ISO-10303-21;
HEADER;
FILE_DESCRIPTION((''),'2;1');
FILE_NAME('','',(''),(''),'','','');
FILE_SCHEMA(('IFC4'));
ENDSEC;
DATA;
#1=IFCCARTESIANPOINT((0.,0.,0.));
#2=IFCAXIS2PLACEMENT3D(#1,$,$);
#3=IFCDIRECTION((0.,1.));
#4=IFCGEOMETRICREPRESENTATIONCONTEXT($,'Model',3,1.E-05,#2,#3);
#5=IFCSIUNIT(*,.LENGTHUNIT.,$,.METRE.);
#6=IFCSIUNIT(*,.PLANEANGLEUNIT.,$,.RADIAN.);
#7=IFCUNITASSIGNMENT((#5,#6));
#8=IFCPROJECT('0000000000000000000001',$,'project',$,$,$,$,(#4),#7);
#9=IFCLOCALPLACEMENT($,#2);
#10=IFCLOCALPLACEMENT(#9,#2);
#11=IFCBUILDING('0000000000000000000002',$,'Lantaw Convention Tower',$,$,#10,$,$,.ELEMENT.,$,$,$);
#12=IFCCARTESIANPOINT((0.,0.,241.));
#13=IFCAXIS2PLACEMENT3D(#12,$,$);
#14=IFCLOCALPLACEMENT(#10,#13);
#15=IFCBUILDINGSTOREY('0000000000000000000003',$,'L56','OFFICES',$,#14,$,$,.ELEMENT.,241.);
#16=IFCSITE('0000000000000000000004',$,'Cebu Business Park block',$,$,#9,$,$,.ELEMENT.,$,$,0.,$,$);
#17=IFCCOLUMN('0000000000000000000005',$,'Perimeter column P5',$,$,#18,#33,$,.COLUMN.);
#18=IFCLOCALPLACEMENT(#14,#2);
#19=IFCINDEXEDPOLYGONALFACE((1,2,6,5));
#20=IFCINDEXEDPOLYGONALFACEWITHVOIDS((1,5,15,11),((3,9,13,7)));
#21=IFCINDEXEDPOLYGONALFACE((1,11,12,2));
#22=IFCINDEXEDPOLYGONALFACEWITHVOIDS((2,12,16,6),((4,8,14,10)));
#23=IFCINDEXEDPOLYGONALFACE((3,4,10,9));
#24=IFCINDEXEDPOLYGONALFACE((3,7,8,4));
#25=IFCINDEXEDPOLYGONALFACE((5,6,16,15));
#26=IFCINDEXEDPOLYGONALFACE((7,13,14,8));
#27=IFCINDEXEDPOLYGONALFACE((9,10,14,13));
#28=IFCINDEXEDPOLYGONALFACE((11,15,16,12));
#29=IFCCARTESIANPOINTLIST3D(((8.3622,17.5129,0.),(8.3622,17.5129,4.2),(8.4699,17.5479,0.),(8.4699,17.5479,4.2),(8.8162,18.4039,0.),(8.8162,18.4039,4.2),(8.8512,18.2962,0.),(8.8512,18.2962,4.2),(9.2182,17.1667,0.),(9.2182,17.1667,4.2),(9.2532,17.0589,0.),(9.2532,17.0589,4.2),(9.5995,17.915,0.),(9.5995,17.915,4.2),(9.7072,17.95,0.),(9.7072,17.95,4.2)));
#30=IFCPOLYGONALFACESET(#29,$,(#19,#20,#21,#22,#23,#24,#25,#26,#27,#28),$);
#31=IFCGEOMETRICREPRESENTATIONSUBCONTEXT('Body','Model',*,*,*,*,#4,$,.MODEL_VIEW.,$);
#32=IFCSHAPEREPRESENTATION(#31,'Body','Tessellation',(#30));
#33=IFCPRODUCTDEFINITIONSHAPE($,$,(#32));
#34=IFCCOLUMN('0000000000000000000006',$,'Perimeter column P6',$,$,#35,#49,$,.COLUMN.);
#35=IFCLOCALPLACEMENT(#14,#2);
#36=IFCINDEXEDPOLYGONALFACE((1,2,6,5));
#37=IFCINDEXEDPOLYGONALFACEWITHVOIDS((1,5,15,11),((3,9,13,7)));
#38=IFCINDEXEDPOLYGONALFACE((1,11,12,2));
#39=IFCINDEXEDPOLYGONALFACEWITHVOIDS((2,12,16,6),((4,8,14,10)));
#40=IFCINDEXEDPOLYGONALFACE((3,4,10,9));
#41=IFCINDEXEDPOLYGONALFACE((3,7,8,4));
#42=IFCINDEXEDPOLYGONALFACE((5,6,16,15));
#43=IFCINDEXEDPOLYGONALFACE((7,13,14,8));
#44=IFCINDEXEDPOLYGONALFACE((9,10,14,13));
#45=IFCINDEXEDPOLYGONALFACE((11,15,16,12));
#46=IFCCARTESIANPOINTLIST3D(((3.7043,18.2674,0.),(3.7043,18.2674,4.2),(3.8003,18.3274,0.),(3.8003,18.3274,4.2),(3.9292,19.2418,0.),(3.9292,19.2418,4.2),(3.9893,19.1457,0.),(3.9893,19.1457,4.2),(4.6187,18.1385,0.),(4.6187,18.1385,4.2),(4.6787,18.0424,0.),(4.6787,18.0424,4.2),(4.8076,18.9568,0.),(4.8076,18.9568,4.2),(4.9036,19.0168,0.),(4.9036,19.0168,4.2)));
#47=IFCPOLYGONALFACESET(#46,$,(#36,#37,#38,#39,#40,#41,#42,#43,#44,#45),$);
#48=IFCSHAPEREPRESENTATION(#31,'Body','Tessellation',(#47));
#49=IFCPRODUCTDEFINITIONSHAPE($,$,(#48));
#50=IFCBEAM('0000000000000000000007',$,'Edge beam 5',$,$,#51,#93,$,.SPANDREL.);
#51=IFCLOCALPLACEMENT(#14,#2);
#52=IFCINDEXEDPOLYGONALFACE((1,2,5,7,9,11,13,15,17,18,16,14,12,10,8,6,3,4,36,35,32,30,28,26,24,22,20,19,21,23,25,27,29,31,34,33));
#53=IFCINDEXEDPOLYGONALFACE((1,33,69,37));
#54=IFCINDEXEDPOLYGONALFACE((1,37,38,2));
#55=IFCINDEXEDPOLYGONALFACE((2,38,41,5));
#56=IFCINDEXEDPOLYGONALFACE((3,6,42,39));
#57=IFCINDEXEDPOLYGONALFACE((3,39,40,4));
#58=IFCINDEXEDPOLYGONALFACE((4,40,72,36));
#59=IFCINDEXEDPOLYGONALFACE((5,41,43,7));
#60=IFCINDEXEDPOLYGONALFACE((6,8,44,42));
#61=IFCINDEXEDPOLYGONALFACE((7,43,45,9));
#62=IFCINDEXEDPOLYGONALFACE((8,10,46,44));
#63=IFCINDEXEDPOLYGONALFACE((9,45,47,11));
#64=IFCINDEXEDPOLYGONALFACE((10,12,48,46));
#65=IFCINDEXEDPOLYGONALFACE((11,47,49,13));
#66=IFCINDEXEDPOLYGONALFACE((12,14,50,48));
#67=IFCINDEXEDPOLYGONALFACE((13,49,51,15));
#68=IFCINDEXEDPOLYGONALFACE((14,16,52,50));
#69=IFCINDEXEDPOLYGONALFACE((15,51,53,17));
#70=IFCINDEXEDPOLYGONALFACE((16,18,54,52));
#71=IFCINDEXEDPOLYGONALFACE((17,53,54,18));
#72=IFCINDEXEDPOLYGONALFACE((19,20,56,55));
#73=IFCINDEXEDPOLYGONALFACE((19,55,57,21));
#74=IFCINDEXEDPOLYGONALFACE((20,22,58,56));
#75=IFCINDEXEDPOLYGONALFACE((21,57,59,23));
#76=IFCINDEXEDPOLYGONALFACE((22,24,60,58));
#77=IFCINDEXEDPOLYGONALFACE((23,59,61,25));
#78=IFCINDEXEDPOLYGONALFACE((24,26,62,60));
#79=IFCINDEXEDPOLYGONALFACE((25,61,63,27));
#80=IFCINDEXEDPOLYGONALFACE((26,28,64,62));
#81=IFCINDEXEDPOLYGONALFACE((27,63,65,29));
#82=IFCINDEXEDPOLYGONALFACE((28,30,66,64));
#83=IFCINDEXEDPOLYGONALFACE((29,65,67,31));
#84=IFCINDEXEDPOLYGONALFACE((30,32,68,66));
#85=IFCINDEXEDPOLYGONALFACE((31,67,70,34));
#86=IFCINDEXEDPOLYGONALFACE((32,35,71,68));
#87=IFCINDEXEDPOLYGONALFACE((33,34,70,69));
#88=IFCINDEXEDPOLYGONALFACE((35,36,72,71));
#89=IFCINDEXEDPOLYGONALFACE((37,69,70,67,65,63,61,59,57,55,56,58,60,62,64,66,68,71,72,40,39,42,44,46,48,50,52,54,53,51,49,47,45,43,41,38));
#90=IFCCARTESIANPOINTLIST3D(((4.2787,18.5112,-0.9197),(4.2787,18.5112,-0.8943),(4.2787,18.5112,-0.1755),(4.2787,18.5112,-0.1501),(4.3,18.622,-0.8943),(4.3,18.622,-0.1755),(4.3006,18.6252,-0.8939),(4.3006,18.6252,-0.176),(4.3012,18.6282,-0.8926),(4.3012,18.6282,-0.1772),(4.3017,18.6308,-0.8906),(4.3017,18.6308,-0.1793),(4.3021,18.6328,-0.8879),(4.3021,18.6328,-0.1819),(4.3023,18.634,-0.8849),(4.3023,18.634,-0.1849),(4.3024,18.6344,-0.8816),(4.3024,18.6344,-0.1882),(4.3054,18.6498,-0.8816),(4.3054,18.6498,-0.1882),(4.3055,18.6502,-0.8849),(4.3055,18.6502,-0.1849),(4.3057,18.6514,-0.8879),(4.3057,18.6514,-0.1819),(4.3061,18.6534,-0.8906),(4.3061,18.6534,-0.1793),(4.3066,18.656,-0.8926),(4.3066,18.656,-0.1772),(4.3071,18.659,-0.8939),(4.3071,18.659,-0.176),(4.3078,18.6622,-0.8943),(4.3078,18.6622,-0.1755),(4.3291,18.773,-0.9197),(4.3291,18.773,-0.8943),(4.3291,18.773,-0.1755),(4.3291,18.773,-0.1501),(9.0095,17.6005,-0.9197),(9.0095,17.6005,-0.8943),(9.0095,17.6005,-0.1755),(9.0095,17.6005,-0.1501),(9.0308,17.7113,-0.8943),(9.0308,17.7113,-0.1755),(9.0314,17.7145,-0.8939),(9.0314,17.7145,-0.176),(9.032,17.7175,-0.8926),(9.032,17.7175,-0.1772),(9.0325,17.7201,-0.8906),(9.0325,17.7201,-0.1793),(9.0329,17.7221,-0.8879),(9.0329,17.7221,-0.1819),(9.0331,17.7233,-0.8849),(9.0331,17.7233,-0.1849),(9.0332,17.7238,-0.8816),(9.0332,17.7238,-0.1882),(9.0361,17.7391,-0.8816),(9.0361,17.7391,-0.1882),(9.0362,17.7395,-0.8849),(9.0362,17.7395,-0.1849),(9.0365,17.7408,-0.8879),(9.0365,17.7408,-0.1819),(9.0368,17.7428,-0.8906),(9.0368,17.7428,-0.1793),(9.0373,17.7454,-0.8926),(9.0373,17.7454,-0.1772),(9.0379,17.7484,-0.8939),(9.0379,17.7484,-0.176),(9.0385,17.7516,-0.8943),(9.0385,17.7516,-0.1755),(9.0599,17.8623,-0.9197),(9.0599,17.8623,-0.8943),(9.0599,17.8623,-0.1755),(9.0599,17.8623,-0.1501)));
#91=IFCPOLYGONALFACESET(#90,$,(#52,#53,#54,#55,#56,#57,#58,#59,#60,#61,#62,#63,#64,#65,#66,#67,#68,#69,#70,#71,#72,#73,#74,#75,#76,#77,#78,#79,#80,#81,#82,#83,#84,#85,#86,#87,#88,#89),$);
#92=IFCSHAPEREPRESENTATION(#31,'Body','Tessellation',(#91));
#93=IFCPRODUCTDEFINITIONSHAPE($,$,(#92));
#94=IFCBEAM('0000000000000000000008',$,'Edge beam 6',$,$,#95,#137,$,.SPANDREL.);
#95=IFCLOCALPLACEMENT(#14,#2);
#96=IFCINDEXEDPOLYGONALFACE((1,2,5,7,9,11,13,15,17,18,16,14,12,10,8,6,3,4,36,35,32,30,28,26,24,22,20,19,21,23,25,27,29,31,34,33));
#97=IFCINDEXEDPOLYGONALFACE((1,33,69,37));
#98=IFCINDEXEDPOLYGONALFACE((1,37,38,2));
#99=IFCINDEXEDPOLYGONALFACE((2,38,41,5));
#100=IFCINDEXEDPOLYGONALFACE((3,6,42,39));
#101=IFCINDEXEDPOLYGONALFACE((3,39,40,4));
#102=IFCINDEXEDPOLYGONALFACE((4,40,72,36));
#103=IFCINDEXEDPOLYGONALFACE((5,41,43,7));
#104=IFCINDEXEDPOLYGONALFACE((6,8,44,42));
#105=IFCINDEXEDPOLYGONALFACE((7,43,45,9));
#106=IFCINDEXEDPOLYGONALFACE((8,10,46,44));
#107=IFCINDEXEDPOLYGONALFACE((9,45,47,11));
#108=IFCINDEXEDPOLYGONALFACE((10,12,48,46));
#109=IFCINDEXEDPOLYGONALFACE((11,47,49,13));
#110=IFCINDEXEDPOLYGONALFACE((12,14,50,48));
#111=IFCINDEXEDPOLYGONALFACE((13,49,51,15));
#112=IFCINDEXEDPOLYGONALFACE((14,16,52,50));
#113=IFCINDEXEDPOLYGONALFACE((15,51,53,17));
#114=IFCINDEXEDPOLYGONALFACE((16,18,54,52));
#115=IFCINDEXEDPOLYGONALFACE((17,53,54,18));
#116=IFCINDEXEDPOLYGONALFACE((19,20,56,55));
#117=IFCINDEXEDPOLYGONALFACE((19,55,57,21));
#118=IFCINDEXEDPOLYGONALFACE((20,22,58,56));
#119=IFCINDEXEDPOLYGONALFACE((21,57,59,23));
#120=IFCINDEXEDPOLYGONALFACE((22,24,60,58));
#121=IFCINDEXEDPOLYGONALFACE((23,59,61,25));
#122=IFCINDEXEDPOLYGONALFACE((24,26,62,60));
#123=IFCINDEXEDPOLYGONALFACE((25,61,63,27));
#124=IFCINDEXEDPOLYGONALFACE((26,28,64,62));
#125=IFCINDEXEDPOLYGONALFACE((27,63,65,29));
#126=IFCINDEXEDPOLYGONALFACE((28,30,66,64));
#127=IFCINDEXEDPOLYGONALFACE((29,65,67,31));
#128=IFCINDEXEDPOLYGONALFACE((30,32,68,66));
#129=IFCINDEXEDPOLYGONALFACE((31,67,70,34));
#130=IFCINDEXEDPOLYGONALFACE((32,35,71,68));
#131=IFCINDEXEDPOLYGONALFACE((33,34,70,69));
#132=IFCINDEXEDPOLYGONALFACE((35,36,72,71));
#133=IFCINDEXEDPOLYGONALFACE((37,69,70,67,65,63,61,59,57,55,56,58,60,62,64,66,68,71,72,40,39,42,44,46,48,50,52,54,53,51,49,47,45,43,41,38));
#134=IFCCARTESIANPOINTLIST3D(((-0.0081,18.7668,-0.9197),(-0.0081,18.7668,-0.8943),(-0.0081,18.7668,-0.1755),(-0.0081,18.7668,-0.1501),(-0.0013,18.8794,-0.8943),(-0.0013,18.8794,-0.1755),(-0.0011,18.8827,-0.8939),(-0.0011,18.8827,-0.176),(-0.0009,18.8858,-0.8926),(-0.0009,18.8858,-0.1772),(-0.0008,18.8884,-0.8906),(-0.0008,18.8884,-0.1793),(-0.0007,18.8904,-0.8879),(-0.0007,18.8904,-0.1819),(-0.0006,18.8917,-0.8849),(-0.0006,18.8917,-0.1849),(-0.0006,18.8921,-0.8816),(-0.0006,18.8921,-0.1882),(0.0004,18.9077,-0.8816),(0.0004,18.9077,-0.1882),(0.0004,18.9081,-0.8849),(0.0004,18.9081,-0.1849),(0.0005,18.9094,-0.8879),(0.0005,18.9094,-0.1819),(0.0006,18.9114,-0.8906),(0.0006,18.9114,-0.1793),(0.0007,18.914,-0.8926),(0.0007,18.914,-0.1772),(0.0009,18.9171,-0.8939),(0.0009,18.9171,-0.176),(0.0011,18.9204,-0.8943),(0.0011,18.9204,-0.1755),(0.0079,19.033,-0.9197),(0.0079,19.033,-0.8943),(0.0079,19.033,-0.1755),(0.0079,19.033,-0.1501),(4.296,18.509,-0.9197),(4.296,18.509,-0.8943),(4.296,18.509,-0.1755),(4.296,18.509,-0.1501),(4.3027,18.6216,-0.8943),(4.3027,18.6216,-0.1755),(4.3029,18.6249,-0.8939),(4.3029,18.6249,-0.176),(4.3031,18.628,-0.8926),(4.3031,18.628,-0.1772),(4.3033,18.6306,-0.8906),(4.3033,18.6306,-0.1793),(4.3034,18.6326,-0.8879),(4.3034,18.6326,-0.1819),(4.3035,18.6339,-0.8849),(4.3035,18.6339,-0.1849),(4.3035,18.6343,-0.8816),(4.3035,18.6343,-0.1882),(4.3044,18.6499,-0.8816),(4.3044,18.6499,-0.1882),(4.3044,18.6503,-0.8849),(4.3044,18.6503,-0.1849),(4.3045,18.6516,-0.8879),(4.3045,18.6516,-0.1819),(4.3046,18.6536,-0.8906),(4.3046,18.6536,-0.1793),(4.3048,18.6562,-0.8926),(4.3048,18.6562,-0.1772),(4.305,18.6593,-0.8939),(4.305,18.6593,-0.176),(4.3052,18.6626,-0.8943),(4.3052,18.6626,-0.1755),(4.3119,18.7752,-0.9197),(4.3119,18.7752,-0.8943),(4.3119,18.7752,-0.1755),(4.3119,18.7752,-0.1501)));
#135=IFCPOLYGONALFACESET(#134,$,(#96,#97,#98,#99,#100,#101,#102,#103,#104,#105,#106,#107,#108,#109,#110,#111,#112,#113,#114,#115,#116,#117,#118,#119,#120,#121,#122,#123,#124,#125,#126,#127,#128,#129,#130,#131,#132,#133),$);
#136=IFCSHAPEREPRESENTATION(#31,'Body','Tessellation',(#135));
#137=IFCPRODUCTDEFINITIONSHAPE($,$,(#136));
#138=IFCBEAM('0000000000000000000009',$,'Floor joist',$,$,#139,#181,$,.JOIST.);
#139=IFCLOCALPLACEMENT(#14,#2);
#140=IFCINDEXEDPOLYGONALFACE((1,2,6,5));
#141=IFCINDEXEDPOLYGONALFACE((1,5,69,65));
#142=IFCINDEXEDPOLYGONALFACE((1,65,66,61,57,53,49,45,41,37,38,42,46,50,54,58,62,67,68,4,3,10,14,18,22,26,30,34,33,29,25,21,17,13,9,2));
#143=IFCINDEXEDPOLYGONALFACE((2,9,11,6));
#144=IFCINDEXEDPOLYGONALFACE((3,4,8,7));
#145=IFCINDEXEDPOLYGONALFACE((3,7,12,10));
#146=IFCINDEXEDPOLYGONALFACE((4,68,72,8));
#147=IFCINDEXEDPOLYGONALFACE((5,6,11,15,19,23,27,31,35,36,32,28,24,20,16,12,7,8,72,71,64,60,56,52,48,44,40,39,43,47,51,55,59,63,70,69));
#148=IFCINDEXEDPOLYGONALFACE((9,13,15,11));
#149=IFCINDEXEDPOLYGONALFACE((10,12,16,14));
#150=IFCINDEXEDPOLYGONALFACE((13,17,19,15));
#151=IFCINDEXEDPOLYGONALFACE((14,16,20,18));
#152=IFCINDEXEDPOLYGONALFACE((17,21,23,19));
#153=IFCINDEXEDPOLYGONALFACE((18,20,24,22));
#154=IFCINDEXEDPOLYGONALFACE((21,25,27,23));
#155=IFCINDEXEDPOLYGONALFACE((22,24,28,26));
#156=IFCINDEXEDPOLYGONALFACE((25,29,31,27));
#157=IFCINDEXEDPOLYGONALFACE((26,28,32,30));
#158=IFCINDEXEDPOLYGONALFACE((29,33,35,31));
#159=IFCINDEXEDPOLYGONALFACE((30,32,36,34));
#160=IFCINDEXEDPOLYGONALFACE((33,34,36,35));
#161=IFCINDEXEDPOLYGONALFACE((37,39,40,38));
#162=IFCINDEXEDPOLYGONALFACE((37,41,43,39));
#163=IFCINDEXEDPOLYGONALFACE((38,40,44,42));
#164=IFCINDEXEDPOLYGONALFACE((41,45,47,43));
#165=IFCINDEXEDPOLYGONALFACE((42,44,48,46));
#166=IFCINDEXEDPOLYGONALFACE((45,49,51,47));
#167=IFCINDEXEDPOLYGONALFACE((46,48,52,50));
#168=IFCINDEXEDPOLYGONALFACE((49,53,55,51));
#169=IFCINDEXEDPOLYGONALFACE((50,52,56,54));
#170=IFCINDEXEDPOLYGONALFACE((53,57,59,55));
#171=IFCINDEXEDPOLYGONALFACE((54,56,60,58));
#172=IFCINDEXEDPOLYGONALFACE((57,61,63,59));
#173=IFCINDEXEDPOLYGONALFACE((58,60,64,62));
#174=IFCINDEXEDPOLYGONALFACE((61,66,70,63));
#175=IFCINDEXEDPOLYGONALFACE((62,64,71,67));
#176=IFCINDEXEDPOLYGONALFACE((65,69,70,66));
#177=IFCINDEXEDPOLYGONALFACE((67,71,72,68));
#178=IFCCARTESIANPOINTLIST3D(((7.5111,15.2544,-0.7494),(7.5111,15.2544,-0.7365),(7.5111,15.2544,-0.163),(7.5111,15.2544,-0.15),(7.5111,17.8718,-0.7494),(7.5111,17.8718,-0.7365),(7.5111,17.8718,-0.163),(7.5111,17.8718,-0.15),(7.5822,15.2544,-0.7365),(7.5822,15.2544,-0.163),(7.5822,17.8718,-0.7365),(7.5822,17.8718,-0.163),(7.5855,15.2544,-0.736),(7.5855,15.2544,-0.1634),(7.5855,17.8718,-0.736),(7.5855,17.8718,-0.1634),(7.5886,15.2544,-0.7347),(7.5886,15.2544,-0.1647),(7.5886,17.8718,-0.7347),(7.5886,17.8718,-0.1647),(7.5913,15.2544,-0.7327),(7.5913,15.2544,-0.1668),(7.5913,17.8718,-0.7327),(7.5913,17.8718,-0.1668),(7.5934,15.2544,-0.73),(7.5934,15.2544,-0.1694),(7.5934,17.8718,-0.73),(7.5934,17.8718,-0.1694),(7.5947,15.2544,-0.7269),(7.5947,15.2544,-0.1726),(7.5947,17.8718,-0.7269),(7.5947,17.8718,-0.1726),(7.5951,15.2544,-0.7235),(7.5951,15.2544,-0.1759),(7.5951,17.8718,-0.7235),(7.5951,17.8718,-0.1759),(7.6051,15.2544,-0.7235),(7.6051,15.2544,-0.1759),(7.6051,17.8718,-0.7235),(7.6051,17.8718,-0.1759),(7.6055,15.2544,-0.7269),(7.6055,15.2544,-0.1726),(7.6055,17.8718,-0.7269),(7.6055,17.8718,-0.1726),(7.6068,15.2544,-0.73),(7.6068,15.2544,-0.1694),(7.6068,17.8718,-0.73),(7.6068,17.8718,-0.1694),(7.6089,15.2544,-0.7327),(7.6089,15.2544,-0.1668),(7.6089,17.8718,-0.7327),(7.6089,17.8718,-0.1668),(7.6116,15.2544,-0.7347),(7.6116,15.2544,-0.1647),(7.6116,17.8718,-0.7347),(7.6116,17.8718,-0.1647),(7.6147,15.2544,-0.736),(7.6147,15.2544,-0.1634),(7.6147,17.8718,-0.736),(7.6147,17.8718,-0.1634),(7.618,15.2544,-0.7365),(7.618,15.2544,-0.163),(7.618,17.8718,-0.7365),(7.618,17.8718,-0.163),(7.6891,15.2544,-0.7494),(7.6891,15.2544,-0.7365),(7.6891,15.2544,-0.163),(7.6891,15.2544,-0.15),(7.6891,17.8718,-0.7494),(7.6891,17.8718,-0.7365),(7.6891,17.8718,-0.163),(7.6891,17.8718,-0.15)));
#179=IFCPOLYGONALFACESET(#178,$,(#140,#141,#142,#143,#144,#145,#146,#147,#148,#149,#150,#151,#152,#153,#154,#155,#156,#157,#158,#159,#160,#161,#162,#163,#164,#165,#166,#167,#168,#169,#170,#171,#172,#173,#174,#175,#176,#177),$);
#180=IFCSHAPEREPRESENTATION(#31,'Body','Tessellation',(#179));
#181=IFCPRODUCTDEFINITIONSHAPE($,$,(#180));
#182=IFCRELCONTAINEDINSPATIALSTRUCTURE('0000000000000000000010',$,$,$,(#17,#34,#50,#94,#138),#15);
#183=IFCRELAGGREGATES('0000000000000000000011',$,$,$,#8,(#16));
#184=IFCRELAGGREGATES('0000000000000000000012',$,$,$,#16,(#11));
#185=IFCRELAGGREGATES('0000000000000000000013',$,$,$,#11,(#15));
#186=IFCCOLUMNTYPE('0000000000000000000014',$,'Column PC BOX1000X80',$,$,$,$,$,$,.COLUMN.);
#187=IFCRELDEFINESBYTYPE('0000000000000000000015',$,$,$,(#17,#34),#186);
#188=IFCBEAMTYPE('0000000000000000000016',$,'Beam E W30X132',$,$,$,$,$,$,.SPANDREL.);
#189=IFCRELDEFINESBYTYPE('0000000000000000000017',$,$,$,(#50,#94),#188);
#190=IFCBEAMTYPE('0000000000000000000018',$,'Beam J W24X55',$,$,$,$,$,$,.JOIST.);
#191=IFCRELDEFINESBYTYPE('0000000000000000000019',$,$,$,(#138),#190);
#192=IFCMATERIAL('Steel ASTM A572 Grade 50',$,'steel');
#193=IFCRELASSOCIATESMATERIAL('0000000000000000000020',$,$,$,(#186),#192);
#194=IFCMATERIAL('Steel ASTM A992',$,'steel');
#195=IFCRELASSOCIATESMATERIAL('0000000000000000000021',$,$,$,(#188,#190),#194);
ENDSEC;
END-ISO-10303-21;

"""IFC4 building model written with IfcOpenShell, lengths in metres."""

from ifc_helpers import new_model, si_unit, direction, frame, origin, origin_2d, place, context, subcontext, project, spatial, rectangle, hollow_rectangle, i_section, extrude, material, material_profile, profile_set, type_object, element, save


model = new_model("IFC4")

# Units and contexts
model_context = context("Model", 3, precision=1e-05, world=origin(), true_north=direction((0.0, 1.0)))
body_context = subcontext(model_context, "Body", "Model", "MODEL_VIEW")
ifc_project = project(units=[si_unit("LENGTHUNIT", "METRE"), si_unit("PLANEANGLEUNIT", "RADIAN")], contexts=[model_context])

# Site, building, storey
site_placement = place(None, origin())
site = spatial("IfcSite", under=ifc_project, at=site_placement, Name="Cebu Business Park block", CompositionType="ELEMENT", RefElevation=0.0)
building_placement = place(site_placement, origin())
building = spatial("IfcBuilding", under=site, at=building_placement, Name="Lantaw Convention Tower", CompositionType="ELEMENT")
storey_placement = place(building_placement, frame((0.0, 0.0, 241.0)))
storey = spatial("IfcBuildingStorey", under=building, at=storey_placement, Name="L56", Description="OFFICES", CompositionType="ELEMENT", Elevation=241.0)

# Columns
ifc_material_1 = material(Name="Steel ASTM A572 Grade 50", Category="steel")
ifc_material_profile_1 = material_profile(ifc_material_1, hollow_rectangle(XDim=1.0, YDim=1.0, WallThickness=0.0801, at=origin_2d()), Name="BOX1000X80")
ifc_material_2 = material(Name="Concrete C60/75", Category="concrete")
ifc_material_profile_2 = material_profile(ifc_material_2, rectangle(XDim=0.8401, YDim=0.8401, at=origin_2d()), Name="Concrete fill of BOX1000X80")
ifc_profile_set_1 = profile_set([ifc_material_profile_1, ifc_material_profile_2], Name="Steel ASTM A572 Grade 50")
column_type = type_object("IfcColumnType", Name="Column PC BOX1000X80", PredefinedType="COLUMN", material=ifc_profile_set_1)
for number, where, z_axis, x_axis, name in (
    (1, (9.0347, 17.7314, 0.0), (0.0, 0.0, 1.0), (0.45399, 0.891007, 0.0), "Perimeter column P5"),
    (2, (4.304, 18.6421, 0.0), (0.0, 0.0, 1.0), (0.224951, 0.97437, 0.0), "Perimeter column P6"),
):
    element("IfcColumn", number, at=place(storey_placement, frame(where, z_axis=z_axis, x_axis=x_axis)), inside=storey, type_object=column_type, Name=name, PredefinedType="COLUMN", context=body_context, shape_type="SweptSolid", body=[
        extrude(hollow_rectangle(XDim=1.0, YDim=1.0, WallThickness=0.0801, at=origin_2d()), origin(), (0.0, 0.0, 1.0), 4.2),
    ])

# Beams
ifc_material_3 = material(Name="Steel ASTM A992", Category="steel")
ifc_material_profile_3 = material_profile(ifc_material_3, i_section(OverallWidth=0.2666, OverallDepth=0.7695, WebThickness=0.0156, FlangeThickness=0.0254, FilletRadius=0.0127, at=origin_2d()), Name="W30X132")
ifc_profile_set_2 = profile_set([ifc_material_profile_3], Name="Steel ASTM A992")
beam_type_1 = type_object("IfcBeamType", Name="Beam E W30X132", PredefinedType="SPANDREL", material=ifc_profile_set_2)
beam_1_placement = place(storey_placement, frame((9.0347, 17.7314, -0.5349), z_axis=(-0.981972, 0.189026, 0.0), x_axis=(-0.189026, -0.981972, 0.0)))
element("IfcBeam", 3, at=beam_1_placement, inside=storey, type_object=beam_type_1, Name="Edge beam 5", PredefinedType="SPANDREL", context=body_context, shape_type="SweptSolid", body=[
    extrude(i_section(OverallWidth=0.2666, OverallDepth=0.7695, WebThickness=0.0156, FlangeThickness=0.0254, FilletRadius=0.0127, at=origin_2d()), origin(), (0.0, 0.0, 1.0), 4.8176),
])
beam_2_placement = place(storey_placement, frame((4.304, 18.6421, -0.5349), z_axis=(-0.998211, 0.059794, 0.0), x_axis=(-0.059794, -0.998211, 0.0)))
element("IfcBeam", 4, at=beam_2_placement, inside=storey, type_object=beam_type_1, Name="Edge beam 6", PredefinedType="SPANDREL", context=body_context, shape_type="SweptSolid", body=[
    extrude(i_section(OverallWidth=0.2666, OverallDepth=0.7695, WebThickness=0.0156, FlangeThickness=0.0254, FilletRadius=0.0127, at=origin_2d()), origin(), (0.0, 0.0, 1.0), 4.3118),
])
ifc_material_profile_4 = material_profile(ifc_material_3, i_section(OverallWidth=0.178, OverallDepth=0.5994, WebThickness=0.01, FlangeThickness=0.0129, FilletRadius=0.0129, at=origin_2d()), Name="W24X55")
ifc_profile_set_3 = profile_set([ifc_material_profile_4], Name="Steel ASTM A992")
beam_type_2 = type_object("IfcBeamType", Name="Beam J W24X55", PredefinedType="JOIST", material=ifc_profile_set_3)
beam_3_placement = place(storey_placement, frame((7.6001, 15.2544, -0.4497), z_axis=(0.0, 1.0, 0.0), x_axis=(-1.0, 0.0, 0.0)))
element("IfcBeam", 5, at=beam_3_placement, inside=storey, type_object=beam_type_2, Name="Floor joist", PredefinedType="JOIST", context=body_context, shape_type="SweptSolid", body=[
    extrude(i_section(OverallWidth=0.178, OverallDepth=0.5994, WebThickness=0.01, FlangeThickness=0.0129, FilletRadius=0.0129, at=origin_2d()), origin(), (0.0, 0.0, 1.0), 2.6174),
])

save(model, "model.ifc")
